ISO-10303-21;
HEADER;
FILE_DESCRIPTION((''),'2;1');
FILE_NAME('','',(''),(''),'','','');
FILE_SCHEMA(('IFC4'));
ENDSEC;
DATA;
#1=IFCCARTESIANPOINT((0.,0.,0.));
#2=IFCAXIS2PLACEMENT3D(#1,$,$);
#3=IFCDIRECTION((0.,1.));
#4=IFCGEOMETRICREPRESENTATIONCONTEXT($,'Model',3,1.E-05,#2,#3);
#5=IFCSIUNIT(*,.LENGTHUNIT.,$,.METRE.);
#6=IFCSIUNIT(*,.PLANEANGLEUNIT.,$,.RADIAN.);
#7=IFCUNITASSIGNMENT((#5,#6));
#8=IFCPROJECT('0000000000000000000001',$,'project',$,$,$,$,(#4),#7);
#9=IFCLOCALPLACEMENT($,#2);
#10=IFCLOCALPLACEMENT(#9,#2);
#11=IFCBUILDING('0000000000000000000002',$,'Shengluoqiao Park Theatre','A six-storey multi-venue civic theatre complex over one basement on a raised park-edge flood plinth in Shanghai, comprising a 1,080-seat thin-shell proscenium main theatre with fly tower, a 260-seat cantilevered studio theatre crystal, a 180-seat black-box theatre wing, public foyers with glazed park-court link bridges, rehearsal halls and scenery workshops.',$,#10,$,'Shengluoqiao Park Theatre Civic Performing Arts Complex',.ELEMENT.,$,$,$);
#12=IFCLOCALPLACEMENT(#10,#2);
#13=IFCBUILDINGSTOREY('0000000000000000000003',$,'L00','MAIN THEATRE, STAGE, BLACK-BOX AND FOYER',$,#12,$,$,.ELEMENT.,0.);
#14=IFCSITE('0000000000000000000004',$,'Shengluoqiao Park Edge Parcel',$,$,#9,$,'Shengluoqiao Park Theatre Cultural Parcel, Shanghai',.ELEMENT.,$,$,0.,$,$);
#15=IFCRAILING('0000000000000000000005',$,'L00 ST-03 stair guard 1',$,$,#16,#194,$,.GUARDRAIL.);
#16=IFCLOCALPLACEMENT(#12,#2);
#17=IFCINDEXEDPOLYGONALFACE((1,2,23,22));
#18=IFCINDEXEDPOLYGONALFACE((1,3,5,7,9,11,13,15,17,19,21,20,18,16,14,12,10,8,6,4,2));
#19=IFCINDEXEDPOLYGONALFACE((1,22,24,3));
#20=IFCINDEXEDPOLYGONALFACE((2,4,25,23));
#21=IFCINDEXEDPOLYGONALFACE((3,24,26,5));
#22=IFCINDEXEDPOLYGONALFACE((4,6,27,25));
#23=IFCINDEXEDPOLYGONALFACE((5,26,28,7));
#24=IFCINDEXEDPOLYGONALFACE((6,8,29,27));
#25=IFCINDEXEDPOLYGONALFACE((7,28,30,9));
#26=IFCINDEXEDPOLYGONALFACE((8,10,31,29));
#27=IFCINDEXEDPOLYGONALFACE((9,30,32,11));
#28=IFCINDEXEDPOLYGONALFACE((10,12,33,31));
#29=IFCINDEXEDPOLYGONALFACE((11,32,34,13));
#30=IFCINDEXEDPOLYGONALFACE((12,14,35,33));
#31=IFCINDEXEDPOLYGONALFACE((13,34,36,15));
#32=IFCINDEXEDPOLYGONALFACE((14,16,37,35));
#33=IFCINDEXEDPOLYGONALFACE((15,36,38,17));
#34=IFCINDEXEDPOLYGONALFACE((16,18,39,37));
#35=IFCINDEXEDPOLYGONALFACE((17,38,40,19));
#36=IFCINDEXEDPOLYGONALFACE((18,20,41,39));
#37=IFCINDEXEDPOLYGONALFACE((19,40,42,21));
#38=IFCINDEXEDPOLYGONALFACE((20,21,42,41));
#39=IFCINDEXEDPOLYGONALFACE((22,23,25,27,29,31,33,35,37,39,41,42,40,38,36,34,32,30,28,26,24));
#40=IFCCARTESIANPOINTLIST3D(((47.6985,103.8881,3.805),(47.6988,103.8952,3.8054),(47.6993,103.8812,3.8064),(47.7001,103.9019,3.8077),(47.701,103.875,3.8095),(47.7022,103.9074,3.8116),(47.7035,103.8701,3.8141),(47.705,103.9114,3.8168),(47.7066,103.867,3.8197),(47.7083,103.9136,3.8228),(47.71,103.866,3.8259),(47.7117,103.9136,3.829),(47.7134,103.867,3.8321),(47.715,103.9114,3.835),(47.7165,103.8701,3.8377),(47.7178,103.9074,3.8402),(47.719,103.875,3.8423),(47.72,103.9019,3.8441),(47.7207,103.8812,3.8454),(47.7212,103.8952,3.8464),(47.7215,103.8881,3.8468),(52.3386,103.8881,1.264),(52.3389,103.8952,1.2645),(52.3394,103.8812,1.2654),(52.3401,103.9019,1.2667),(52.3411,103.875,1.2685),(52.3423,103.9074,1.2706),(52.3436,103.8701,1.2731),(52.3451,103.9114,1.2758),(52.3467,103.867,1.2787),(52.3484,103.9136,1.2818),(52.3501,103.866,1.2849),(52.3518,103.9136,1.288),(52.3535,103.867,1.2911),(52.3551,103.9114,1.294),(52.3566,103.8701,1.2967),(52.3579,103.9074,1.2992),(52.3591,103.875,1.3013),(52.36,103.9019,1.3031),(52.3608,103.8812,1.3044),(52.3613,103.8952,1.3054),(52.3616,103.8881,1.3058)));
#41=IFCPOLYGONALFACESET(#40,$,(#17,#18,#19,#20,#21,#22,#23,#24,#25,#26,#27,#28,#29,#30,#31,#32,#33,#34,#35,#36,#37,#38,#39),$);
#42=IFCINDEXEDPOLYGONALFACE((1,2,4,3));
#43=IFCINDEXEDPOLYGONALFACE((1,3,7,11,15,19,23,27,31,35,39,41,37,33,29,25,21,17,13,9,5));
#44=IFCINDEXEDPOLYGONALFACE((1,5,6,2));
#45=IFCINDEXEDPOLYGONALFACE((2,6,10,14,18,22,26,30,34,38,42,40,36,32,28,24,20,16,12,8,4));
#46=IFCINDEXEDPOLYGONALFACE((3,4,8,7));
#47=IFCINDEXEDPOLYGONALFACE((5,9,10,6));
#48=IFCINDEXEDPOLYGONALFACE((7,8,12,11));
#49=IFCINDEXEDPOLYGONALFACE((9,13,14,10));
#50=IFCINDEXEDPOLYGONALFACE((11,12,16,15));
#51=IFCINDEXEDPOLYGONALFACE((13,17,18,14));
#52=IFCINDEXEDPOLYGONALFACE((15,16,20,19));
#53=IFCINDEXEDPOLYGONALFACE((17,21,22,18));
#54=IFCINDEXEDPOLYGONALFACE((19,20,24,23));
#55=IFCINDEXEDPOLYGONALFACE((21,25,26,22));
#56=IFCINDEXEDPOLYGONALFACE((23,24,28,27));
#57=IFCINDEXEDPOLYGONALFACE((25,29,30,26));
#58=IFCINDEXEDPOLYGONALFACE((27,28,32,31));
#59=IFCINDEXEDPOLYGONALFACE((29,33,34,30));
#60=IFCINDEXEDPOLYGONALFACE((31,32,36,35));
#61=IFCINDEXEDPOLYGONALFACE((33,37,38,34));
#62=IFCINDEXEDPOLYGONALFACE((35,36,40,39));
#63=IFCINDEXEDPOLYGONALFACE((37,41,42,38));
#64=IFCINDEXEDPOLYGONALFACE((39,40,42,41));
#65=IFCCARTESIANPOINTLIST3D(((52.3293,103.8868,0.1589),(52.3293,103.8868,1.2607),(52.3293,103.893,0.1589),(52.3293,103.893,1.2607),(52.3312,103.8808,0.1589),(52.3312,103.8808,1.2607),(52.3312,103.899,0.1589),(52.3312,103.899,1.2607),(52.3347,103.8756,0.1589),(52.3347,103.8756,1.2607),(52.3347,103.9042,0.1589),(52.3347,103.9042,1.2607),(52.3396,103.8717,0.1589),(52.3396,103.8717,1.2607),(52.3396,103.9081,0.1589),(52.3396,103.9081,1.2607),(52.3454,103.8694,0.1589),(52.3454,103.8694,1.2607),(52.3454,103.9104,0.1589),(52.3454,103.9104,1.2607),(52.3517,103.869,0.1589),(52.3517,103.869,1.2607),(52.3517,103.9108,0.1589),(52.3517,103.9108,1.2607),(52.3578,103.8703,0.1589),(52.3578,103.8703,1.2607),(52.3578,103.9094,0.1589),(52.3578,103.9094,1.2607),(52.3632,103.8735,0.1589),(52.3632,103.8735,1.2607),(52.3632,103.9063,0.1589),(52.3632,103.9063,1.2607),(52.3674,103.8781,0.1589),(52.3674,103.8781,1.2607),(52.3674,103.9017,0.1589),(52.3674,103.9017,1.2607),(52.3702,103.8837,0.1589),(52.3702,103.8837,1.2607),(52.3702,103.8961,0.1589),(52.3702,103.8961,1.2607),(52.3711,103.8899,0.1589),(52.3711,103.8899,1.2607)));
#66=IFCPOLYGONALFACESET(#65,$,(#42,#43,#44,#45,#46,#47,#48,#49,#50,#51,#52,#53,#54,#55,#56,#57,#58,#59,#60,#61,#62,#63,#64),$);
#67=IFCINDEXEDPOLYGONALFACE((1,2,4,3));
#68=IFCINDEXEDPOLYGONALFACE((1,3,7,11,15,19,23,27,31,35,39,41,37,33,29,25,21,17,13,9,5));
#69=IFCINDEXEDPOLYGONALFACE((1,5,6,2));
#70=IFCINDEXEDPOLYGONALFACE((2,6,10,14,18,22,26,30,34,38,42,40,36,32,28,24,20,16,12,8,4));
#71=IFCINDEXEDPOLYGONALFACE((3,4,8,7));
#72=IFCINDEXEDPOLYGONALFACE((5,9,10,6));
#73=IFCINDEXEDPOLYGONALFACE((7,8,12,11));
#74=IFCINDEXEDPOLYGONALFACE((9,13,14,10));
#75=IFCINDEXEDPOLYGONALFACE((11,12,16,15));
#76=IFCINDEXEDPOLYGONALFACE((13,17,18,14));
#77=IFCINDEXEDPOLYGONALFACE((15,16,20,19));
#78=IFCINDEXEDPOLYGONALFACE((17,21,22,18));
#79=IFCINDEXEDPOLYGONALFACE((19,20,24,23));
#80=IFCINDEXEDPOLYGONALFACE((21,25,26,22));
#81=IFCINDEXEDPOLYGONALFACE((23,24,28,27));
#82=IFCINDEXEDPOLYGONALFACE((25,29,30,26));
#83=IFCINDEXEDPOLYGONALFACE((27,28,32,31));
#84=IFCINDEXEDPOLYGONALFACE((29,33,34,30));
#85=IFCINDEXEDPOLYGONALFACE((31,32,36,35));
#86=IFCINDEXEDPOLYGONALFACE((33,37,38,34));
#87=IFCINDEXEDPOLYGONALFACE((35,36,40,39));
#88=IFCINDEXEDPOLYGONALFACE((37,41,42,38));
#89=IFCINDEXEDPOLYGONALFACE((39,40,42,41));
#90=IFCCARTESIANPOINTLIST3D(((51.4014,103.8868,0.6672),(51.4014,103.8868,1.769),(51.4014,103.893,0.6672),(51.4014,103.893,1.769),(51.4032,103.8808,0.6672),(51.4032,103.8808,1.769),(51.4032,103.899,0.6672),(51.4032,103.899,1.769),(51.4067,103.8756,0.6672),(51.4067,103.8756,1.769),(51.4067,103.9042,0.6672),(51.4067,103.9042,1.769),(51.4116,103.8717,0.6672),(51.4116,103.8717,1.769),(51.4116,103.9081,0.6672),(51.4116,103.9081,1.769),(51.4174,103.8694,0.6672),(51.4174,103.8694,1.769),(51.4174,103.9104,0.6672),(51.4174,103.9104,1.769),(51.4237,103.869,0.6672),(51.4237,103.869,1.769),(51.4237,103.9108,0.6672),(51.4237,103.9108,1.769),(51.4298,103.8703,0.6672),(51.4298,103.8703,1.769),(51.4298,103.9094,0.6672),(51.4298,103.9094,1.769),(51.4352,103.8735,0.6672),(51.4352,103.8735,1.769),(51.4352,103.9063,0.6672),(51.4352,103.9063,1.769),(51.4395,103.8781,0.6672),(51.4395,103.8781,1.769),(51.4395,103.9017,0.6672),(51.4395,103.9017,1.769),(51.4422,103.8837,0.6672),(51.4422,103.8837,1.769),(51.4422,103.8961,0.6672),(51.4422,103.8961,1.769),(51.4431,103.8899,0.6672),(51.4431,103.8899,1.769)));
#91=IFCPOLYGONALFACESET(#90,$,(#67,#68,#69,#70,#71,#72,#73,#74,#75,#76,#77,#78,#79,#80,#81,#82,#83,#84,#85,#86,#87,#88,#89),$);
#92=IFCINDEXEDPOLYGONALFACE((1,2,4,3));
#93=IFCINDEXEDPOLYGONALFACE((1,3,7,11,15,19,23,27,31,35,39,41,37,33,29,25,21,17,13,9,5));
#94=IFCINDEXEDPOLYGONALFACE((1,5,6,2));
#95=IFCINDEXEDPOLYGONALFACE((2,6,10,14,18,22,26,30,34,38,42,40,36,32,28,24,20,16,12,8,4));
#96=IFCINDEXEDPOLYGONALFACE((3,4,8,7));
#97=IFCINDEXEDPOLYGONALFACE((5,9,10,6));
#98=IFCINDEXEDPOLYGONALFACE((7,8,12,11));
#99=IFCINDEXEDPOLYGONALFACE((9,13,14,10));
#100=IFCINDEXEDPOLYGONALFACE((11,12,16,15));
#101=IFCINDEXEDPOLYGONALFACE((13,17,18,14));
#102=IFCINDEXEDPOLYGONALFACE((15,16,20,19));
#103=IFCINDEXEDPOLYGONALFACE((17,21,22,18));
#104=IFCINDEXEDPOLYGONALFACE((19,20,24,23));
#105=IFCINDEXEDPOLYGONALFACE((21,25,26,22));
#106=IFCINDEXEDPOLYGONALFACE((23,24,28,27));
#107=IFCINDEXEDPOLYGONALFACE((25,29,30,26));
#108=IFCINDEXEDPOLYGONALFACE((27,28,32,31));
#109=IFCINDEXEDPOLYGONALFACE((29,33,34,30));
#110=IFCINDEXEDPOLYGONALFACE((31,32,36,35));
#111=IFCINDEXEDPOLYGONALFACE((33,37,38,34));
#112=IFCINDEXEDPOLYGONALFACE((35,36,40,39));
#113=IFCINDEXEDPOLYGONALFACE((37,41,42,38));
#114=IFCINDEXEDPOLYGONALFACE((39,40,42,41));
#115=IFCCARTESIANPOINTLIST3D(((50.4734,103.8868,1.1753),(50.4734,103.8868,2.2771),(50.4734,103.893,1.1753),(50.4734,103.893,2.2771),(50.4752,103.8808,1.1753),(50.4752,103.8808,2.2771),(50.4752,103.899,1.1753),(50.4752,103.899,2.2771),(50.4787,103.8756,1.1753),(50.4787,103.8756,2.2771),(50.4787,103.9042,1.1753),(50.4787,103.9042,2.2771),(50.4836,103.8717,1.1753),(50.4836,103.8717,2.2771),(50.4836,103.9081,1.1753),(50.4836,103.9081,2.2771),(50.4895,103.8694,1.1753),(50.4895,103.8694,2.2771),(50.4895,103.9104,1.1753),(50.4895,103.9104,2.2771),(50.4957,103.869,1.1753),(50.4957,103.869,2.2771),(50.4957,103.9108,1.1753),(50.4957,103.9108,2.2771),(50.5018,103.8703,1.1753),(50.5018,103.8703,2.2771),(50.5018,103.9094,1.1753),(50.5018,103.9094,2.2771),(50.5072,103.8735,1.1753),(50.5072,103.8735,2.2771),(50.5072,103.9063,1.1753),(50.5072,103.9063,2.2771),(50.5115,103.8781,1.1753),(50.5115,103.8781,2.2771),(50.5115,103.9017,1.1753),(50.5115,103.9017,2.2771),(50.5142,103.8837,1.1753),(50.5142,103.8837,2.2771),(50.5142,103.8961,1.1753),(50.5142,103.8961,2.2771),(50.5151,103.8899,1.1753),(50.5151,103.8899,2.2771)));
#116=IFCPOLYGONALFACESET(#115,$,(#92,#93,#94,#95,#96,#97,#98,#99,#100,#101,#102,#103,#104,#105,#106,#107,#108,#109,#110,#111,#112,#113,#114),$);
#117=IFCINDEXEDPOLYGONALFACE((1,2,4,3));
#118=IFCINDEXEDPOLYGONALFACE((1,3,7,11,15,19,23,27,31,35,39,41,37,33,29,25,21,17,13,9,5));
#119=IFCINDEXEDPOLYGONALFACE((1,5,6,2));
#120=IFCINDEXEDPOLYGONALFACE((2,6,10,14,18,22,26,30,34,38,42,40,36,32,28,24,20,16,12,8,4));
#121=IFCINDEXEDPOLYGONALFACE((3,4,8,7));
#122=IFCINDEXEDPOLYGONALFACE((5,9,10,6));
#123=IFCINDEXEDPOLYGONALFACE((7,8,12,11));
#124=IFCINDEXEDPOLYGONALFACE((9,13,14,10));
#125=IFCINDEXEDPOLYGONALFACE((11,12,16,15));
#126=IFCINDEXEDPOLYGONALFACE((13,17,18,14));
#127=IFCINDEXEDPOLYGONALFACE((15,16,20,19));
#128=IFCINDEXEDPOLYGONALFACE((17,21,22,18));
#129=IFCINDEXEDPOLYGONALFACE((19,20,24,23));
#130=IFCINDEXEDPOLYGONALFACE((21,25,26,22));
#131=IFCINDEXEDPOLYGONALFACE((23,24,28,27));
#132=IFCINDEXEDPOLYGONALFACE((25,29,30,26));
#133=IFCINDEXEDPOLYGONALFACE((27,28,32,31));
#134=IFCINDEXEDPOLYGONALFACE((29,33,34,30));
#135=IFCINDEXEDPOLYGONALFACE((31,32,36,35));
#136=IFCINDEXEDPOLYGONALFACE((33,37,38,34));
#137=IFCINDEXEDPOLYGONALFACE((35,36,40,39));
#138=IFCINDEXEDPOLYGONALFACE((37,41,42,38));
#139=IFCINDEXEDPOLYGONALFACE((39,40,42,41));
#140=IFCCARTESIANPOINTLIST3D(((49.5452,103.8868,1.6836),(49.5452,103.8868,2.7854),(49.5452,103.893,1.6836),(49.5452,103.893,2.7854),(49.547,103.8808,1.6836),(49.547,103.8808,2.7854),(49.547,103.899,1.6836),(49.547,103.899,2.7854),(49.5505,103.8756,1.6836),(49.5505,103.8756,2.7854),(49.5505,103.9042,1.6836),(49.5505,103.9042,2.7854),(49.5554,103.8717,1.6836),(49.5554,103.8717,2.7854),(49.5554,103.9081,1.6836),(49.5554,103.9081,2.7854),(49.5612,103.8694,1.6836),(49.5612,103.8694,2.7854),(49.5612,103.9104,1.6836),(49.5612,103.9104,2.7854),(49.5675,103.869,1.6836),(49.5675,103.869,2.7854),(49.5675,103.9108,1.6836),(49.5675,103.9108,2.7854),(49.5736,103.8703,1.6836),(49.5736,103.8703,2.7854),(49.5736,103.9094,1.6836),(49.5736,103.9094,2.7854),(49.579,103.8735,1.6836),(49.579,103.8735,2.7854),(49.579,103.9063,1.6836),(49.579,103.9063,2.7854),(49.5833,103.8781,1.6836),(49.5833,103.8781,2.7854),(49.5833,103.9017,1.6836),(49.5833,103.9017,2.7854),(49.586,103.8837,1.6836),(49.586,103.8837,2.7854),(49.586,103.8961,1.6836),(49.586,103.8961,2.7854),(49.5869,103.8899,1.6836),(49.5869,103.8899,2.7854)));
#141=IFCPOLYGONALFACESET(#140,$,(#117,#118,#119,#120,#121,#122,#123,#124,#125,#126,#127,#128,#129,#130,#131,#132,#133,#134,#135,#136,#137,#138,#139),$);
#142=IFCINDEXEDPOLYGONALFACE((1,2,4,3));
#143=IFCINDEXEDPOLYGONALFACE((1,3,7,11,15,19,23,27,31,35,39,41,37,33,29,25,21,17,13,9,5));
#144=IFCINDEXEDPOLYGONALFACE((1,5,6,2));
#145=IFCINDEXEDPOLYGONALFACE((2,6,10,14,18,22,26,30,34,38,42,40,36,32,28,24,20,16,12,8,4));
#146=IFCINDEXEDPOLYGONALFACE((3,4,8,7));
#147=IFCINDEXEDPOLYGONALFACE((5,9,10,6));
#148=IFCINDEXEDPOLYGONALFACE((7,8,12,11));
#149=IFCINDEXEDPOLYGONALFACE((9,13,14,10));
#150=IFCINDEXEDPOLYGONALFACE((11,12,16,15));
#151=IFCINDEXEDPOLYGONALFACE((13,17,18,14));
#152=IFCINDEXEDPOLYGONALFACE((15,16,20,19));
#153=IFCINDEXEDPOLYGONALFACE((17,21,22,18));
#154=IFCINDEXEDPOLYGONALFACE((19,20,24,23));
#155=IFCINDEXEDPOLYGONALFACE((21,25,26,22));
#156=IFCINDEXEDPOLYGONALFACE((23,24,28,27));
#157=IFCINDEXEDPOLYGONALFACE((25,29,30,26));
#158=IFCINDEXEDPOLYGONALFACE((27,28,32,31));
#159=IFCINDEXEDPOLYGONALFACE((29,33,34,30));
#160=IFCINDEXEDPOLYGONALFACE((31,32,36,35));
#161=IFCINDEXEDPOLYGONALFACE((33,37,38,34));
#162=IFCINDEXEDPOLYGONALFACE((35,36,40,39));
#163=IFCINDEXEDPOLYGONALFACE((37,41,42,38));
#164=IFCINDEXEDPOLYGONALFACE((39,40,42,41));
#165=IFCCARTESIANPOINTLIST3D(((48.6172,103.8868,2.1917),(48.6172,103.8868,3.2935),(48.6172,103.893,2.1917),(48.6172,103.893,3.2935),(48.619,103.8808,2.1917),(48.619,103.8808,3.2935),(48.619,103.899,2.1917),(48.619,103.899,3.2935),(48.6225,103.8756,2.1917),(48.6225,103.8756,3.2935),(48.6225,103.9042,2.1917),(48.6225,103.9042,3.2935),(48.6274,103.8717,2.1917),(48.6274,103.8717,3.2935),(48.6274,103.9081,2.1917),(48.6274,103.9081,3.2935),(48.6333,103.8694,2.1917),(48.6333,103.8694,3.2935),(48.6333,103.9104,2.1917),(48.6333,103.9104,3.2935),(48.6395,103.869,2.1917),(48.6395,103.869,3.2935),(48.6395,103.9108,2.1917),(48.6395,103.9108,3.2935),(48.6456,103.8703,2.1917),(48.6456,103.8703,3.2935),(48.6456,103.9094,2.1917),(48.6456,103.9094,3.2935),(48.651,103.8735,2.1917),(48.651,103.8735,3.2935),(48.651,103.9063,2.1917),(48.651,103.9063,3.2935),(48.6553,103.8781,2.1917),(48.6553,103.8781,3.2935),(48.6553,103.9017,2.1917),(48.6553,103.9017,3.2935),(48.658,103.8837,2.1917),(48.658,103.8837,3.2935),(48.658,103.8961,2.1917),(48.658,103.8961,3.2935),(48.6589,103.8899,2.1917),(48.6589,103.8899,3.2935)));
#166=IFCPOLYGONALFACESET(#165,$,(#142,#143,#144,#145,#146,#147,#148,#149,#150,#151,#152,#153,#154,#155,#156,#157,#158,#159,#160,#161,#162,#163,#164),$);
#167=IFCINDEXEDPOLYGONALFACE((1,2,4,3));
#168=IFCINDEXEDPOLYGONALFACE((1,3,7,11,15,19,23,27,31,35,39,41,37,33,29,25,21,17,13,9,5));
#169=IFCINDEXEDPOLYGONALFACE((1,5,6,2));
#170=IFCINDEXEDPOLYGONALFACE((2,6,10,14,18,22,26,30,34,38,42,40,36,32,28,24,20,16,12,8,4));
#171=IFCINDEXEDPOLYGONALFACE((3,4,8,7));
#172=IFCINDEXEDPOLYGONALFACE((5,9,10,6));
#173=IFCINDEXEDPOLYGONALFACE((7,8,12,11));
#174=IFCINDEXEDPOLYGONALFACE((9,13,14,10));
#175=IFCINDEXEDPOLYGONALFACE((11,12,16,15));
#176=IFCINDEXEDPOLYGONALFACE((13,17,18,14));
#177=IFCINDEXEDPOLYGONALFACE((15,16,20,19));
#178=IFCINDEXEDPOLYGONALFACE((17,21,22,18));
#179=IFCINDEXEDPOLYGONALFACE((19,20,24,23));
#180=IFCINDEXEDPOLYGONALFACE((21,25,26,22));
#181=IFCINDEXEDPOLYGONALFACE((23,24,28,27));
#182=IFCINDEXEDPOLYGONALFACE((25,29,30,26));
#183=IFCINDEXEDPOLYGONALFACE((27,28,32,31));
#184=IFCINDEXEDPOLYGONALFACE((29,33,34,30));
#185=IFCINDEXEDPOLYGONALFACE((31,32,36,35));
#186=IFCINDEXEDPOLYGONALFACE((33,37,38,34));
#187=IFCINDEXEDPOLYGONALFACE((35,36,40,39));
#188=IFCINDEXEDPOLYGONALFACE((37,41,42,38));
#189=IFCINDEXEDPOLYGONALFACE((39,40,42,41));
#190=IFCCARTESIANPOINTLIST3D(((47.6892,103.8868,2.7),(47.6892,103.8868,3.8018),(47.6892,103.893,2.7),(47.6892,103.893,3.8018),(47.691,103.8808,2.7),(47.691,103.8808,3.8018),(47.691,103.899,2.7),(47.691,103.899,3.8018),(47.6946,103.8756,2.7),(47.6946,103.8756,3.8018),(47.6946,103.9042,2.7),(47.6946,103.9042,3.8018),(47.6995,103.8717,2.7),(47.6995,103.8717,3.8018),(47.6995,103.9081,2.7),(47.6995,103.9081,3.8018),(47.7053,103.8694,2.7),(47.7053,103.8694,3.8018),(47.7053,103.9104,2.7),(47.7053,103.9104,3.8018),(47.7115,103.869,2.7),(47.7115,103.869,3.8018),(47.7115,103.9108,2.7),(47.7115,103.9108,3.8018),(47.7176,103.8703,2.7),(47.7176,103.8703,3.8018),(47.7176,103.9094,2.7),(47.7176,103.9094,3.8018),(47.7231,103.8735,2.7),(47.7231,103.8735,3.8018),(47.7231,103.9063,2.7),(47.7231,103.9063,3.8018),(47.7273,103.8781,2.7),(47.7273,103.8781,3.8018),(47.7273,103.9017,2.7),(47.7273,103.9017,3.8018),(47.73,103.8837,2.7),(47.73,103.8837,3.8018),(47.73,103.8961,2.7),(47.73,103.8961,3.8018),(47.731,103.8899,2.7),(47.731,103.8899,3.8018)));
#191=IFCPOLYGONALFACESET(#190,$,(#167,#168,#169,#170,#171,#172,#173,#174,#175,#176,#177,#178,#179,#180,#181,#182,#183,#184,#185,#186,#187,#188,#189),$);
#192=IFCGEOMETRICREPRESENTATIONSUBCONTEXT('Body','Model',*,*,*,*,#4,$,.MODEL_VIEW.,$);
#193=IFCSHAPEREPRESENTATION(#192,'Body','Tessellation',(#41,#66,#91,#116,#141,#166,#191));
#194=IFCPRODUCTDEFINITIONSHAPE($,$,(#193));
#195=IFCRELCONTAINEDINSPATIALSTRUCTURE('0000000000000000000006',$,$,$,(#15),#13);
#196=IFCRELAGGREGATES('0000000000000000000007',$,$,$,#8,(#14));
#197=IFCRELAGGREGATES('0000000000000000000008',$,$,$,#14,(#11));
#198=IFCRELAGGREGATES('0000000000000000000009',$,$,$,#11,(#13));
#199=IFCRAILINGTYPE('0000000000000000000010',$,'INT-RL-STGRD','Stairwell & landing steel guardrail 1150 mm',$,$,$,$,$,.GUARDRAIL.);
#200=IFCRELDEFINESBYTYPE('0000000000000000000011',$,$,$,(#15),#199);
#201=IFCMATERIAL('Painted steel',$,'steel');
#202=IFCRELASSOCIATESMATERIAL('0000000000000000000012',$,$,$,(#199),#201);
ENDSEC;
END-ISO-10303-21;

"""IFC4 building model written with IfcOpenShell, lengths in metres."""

from ifc_helpers import new_model, si_unit, direction, frame, origin, origin_2d, place, context, subcontext, project, spatial, circle, extrude, material, type_object, element, save


model = new_model("IFC4")

# Units and contexts
model_context = context("Model", 3, precision=1e-05, world=origin(), true_north=direction((0.0, 1.0)))
body_context = subcontext(model_context, "Body", "Model", "MODEL_VIEW")
ifc_project = project(units=[si_unit("LENGTHUNIT", "METRE"), si_unit("PLANEANGLEUNIT", "RADIAN")], contexts=[model_context])

# Site, building, storey
site_placement = place(None, origin())
site = spatial("IfcSite", under=ifc_project, at=site_placement, Name="Shengluoqiao Park Edge Parcel", LongName="Shengluoqiao Park Theatre Cultural Parcel, Shanghai", CompositionType="ELEMENT", RefElevation=0.0)
building_placement = place(site_placement, origin())
building = spatial("IfcBuilding", under=site, at=building_placement, Name="Shengluoqiao Park Theatre", Description="A six-storey multi-venue civic theatre complex over one basement on a raised park-edge flood plinth in Shanghai, comprising a 1,080-seat thin-shell proscenium main theatre with fly tower, a 260-seat cantilevered studio theatre crystal, a 180-seat black-box theatre wing, public foyers with glazed park-court link bridges, rehearsal halls and scenery workshops.", LongName="Shengluoqiao Park Theatre Civic Performing Arts Complex", CompositionType="ELEMENT")
storey_placement = place(building_placement, origin())
storey = spatial("IfcBuildingStorey", under=building, at=storey_placement, Name="L00", Description="MAIN THEATRE, STAGE, BLACK-BOX AND FOYER", CompositionType="ELEMENT", Elevation=0.0)

# Railing
ifc_material_1 = material(Name="Painted steel", Category="steel")
railing_type_1 = type_object("IfcRailingType", Name="INT-RL-STGRD", Description="Stairwell & landing steel guardrail 1150 mm", PredefinedType="GUARDRAIL", material=ifc_material_1)
railing_1_placement = place(storey_placement, frame((52.3501, 103.8899, 0.1589)))
element("IfcRailing", 1, at=railing_1_placement, inside=storey, type_object=railing_type_1, Name="L00 ST-03 stair guard 1", PredefinedType="GUARDRAIL", context=body_context, shape_type="SweptSolid", body=[
    extrude(circle(Radius=0.0239, at=origin_2d()), frame((0.0, 0.0, 1.126), z_axis=(-0.877097, 0.0, 0.480313), x_axis=(0.0, -1.0, 0.0)), (0.0, 0.0, 1.0), 5.2903),
    extrude(circle(Radius=0.021, at=origin_2d()), origin(), (0.0, 0.0, 1.0), 1.1018),
    extrude(circle(Radius=0.021, at=origin_2d()), frame((-0.928, 0.0, 0.5083)), (0.0, 0.0, 1.0), 1.1018),
    extrude(circle(Radius=0.021, at=origin_2d()), frame((-1.856, 0.0, 1.0164)), (0.0, 0.0, 1.0), 1.1018),
    extrude(circle(Radius=0.021, at=origin_2d()), frame((-2.7842, 0.0, 1.5247)), (0.0, 0.0, 1.0), 1.1018),
    extrude(circle(Radius=0.021, at=origin_2d()), frame((-3.7122, 0.0, 2.0327)), (0.0, 0.0, 1.0), 1.1018),
    extrude(circle(Radius=0.021, at=origin_2d()), frame((-4.6401, 0.0, 2.541)), (0.0, 0.0, 1.0), 1.1018),
])

save(model, "model.ifc")
